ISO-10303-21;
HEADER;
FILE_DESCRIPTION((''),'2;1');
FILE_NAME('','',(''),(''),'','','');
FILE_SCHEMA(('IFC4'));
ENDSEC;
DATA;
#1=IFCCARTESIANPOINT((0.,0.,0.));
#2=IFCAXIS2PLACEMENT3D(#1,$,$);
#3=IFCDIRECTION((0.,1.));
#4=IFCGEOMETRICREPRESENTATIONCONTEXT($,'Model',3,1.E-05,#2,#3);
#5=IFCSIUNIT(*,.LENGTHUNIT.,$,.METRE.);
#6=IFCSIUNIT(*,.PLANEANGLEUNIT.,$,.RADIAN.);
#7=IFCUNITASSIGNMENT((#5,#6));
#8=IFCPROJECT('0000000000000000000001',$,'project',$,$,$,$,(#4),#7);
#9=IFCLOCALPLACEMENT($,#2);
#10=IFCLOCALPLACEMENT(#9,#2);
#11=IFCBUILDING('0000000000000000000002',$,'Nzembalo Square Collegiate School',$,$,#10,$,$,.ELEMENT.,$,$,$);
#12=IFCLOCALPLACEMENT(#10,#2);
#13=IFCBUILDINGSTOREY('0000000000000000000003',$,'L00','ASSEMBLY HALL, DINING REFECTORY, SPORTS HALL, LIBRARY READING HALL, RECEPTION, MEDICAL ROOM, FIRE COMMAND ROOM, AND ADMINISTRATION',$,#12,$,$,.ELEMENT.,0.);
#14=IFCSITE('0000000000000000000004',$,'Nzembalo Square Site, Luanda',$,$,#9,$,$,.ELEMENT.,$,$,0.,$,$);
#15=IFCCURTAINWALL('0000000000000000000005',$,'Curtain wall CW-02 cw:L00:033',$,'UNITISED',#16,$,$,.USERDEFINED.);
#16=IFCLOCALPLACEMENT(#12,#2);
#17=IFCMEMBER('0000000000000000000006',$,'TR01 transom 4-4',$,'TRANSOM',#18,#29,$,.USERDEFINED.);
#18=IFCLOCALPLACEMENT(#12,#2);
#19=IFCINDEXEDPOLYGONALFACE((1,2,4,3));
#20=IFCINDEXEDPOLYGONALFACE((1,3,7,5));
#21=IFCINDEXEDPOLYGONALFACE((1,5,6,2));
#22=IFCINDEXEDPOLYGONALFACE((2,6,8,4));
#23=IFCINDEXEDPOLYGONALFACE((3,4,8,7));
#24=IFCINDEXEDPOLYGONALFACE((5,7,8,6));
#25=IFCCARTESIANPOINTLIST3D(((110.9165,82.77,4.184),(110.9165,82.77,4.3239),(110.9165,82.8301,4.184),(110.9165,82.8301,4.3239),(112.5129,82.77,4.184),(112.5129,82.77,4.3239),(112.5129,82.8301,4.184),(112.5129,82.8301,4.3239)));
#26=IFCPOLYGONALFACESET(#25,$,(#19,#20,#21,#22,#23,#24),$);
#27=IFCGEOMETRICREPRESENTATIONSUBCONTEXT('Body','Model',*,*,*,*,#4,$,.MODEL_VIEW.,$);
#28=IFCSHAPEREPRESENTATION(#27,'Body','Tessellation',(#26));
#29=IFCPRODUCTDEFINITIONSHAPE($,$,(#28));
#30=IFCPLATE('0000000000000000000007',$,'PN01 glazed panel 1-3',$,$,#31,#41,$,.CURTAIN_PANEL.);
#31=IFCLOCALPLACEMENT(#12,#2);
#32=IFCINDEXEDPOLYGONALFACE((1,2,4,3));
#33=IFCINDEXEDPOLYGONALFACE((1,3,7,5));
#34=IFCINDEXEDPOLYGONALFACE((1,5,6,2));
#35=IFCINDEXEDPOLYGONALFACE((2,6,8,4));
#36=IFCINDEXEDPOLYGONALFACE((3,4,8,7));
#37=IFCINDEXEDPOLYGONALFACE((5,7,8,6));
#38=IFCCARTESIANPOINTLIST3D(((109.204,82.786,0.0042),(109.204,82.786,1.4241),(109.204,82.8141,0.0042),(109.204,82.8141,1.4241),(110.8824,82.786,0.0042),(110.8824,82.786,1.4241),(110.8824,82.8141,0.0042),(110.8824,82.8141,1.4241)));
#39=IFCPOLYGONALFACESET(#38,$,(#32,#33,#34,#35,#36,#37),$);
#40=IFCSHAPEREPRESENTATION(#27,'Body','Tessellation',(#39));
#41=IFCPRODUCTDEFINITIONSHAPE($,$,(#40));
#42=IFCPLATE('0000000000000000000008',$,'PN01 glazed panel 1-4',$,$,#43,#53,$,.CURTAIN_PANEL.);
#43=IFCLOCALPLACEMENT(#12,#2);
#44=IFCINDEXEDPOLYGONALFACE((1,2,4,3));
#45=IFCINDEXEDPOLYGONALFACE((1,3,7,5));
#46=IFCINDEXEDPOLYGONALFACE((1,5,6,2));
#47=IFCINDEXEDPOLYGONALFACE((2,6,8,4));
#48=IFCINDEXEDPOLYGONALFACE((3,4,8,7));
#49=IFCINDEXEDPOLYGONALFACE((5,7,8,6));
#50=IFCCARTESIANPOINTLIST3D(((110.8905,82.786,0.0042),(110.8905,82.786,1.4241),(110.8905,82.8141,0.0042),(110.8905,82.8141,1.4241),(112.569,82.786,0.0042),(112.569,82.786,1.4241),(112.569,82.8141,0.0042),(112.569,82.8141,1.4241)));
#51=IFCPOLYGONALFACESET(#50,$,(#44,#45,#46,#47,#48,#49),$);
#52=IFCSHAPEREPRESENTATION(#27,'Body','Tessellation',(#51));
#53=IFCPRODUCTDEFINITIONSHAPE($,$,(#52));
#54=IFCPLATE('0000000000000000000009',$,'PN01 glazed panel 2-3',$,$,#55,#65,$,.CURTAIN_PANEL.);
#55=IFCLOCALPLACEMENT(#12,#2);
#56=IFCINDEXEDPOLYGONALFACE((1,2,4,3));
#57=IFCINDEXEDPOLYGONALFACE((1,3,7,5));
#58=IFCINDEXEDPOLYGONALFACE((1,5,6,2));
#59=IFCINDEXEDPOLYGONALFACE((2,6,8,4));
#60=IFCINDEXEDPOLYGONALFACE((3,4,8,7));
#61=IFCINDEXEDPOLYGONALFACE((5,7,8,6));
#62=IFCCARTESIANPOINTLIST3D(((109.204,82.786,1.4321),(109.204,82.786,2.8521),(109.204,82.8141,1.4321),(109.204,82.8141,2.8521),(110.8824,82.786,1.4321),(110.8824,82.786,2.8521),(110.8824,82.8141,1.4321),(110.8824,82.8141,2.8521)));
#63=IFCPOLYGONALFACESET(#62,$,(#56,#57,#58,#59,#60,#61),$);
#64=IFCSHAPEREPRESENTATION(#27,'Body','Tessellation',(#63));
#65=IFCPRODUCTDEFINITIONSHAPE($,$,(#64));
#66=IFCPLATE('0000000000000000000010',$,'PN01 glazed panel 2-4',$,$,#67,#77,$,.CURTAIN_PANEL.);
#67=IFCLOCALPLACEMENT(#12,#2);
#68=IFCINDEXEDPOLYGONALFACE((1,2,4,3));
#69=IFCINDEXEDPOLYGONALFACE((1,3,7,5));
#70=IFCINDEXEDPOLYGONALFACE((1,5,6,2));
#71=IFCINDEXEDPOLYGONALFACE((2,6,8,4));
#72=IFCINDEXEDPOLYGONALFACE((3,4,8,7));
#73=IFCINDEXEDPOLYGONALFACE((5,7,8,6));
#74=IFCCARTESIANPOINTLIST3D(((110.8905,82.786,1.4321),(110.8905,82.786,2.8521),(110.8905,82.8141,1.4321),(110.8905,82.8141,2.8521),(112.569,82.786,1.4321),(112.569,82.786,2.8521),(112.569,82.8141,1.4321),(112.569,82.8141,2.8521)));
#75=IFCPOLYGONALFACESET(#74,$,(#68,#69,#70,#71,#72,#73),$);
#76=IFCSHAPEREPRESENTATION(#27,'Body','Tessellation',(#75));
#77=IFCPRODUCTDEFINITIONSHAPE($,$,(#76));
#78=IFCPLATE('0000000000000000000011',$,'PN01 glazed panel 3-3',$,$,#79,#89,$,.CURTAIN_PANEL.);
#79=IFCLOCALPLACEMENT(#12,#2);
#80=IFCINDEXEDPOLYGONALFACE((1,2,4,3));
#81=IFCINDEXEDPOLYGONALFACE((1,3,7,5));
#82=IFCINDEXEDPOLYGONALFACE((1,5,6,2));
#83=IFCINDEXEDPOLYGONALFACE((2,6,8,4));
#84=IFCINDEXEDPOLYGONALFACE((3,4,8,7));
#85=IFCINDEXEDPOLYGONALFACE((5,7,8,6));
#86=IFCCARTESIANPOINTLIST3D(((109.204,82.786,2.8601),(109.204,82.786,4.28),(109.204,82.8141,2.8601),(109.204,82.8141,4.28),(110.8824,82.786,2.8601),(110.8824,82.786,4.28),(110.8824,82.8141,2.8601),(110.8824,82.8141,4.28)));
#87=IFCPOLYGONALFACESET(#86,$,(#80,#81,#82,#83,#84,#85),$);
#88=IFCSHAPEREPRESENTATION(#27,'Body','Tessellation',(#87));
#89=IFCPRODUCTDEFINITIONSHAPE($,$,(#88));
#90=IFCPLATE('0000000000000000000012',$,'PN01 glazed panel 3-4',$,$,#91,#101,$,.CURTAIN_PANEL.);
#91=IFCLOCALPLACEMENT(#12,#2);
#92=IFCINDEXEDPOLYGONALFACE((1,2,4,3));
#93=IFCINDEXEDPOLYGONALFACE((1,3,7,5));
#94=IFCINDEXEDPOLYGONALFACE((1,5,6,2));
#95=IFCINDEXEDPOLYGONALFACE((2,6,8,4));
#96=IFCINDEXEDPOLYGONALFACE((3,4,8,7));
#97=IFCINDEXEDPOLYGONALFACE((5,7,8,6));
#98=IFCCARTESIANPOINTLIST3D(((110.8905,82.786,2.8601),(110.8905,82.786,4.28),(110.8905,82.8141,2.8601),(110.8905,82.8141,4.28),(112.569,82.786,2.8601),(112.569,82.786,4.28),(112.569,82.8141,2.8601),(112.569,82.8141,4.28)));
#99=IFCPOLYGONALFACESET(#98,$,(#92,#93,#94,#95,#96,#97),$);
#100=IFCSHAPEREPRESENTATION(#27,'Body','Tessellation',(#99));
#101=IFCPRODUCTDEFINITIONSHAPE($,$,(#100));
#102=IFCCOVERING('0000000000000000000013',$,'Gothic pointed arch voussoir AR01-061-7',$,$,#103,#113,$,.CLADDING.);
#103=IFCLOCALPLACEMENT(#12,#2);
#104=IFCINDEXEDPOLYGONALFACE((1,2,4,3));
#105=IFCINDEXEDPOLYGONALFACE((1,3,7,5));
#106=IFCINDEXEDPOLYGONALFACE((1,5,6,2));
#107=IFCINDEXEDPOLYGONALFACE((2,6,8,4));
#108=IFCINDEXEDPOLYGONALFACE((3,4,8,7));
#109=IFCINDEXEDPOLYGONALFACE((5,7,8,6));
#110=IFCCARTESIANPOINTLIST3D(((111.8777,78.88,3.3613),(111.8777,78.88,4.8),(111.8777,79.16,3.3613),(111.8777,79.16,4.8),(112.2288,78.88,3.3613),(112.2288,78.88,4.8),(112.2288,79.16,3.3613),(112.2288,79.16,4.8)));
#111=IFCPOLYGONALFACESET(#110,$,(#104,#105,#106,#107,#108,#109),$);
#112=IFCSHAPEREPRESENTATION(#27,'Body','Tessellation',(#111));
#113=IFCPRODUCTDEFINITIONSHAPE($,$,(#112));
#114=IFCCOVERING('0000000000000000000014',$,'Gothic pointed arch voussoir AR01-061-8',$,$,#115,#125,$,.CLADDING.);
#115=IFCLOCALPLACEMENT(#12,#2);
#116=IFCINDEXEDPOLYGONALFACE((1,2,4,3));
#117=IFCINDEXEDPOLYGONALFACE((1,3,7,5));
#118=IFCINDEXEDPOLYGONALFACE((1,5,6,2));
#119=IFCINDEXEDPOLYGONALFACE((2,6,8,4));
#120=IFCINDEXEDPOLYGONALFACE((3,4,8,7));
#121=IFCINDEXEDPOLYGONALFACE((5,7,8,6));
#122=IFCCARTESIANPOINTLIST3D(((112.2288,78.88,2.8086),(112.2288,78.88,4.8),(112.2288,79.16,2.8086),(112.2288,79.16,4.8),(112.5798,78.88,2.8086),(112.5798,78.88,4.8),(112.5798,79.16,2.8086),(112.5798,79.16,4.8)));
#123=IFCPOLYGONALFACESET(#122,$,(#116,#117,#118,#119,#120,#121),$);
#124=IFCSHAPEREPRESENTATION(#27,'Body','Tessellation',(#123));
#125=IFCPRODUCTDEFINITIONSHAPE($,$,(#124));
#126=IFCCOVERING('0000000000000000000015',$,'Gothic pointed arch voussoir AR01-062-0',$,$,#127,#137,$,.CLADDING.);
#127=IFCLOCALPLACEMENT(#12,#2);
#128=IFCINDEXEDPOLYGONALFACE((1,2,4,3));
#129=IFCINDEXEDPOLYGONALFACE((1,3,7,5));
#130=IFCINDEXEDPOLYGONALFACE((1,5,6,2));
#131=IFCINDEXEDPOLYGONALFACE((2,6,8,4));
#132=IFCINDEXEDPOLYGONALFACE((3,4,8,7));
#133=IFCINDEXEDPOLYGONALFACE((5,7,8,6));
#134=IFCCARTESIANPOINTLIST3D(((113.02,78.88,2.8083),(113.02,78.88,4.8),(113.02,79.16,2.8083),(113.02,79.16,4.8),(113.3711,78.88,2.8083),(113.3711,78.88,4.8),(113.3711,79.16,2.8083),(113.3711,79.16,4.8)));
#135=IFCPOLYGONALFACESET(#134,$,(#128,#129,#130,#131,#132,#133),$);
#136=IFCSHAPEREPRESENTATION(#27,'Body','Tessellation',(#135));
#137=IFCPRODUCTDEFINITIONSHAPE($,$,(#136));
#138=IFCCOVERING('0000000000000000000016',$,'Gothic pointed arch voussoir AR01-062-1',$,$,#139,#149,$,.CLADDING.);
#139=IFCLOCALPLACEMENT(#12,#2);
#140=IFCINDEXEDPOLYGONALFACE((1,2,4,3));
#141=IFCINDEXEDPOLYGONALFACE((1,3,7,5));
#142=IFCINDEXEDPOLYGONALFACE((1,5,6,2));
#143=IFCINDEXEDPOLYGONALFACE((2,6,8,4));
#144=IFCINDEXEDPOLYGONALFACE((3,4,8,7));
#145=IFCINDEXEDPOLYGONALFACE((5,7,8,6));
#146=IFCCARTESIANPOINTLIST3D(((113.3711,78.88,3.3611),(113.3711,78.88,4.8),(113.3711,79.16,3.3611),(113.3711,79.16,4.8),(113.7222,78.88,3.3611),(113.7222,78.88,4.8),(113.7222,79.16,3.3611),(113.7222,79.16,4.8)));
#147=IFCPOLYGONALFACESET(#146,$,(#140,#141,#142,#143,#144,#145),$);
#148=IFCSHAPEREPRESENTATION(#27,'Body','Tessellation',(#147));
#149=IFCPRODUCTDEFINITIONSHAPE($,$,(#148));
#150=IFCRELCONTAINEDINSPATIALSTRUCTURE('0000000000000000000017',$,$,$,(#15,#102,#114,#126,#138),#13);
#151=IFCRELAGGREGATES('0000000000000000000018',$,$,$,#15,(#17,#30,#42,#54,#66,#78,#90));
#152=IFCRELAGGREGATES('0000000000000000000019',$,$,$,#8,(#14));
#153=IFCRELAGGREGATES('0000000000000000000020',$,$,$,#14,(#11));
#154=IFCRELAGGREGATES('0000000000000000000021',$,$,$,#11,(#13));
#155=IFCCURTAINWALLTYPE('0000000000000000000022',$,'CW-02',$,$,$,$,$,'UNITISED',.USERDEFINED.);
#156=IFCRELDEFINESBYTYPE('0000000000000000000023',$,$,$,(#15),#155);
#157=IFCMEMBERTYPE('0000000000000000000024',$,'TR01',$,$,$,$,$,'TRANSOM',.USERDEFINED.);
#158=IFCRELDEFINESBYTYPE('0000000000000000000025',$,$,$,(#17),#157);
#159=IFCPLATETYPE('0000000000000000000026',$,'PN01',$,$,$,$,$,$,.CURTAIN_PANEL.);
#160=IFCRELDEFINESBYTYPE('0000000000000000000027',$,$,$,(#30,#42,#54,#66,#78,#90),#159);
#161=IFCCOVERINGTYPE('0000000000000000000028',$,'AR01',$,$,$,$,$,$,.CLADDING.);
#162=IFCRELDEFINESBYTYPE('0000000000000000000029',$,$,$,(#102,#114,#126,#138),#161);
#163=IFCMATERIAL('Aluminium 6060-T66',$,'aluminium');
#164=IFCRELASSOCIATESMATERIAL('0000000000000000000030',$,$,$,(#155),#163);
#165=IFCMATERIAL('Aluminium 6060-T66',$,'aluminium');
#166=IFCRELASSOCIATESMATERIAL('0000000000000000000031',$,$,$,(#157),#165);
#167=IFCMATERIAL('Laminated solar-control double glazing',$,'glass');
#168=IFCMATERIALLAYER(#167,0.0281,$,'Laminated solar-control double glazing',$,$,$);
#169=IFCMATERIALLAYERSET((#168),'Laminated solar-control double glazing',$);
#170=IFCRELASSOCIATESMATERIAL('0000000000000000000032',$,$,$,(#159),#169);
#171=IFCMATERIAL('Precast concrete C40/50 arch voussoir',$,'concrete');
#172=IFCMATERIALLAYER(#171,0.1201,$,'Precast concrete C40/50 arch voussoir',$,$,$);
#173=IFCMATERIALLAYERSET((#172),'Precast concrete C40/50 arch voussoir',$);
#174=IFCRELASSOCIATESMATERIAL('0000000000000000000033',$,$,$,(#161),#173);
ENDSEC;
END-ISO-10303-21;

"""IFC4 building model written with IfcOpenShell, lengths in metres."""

from ifc_helpers import new_model, si_unit, direction, frame, origin, origin_2d, place, context, subcontext, project, spatial, rectangle, extrude, material, layer, layer_set, material_profile, profile_set, type_object, element, aggregate, save


model = new_model("IFC4")

# Units and contexts
model_context = context("Model", 3, precision=1e-05, world=origin(), true_north=direction((0.0, 1.0)))
body_context = subcontext(model_context, "Body", "Model", "MODEL_VIEW")
ifc_project = project(units=[si_unit("LENGTHUNIT", "METRE"), si_unit("PLANEANGLEUNIT", "RADIAN")], contexts=[model_context])

# Site, building, storey
site_placement = place(None, origin())
site = spatial("IfcSite", under=ifc_project, at=site_placement, Name="Nzembalo Square Site, Luanda", CompositionType="ELEMENT", RefElevation=0.0)
building_placement = place(site_placement, origin())
building = spatial("IfcBuilding", under=site, at=building_placement, Name="Nzembalo Square Collegiate School", CompositionType="ELEMENT")
storey_placement = place(building_placement, origin())
storey = spatial("IfcBuildingStorey", under=building, at=storey_placement, Name="L00", Description="ASSEMBLY HALL, DINING REFECTORY, SPORTS HALL, LIBRARY READING HALL, RECEPTION, MEDICAL ROOM, FIRE COMMAND ROOM, AND ADMINISTRATION", CompositionType="ELEMENT", Elevation=0.0)

# Curtain wall, member, plates
ifc_material_1 = material(Name="Aluminium 6060-T66", Category="aluminium")
curtain_wall_type = type_object("IfcCurtainWallType", Name="CW-02", ElementType="UNITISED", PredefinedType="USERDEFINED", material=ifc_material_1)
curtain_wall_placement = place(storey_placement, origin())
curtain_wall = element("IfcCurtainWall", 1, at=curtain_wall_placement, inside=storey, type_object=curtain_wall_type, Name="Curtain wall CW-02 cw:L00:033", ObjectType="UNITISED", PredefinedType="USERDEFINED")
ifc_material_2 = material(Name="Aluminium 6060-T66", Category="aluminium")
ifc_material_profile_1 = material_profile(ifc_material_2, rectangle(XDim=0.0601, YDim=0.1399, at=origin_2d()), Name="ALU T60x140")
ifc_profile_set_1 = profile_set([ifc_material_profile_1], Name="Aluminium 6060-T66")
member_type_1 = type_object("IfcMemberType", Name="TR01", ElementType="TRANSOM", PredefinedType="USERDEFINED", material=ifc_profile_set_1)
member_1_placement = place(storey_placement, frame((110.9165, 82.8, 4.2539), z_axis=(1.0, 0.0, 0.0), x_axis=(0.0, 1.0, 0.0)))
member_1 = element("IfcMember", 2, at=member_1_placement, type_object=member_type_1, Name="TR01 transom 4-4", ObjectType="TRANSOM", PredefinedType="USERDEFINED", context=body_context, shape_type="SweptSolid", body=[
    extrude(rectangle(XDim=0.0601, YDim=0.1399, at=origin_2d()), origin(), (0.0, 0.0, 1.0), 1.5964),
])
ifc_material_3 = material(Name="Laminated solar-control double glazing", Category="glass")
ifc_layer_1 = layer(ifc_material_3, 0.0281, Name="Laminated solar-control double glazing")
ifc_layer_set_1 = layer_set([ifc_layer_1], Name="Laminated solar-control double glazing")
plate_type = type_object("IfcPlateType", Name="PN01", PredefinedType="CURTAIN_PANEL", material=ifc_layer_set_1)
plate_1_placement = place(storey_placement, frame((110.0432, 82.8, 0.0042), z_axis=(0.0, 0.0, 1.0), x_axis=(1.0, 0.0, 0.0)))
plate_1 = element("IfcPlate", 3, at=plate_1_placement, type_object=plate_type, Name="PN01 glazed panel 1-3", PredefinedType="CURTAIN_PANEL", context=body_context, shape_type="SweptSolid", body=[
    extrude(rectangle(XDim=1.6785, YDim=0.0281, at=origin_2d()), origin(), (0.0, 0.0, 1.0), 1.4199),
])
plate_2_placement = place(storey_placement, frame((111.7297, 82.8, 0.0042), z_axis=(0.0, 0.0, 1.0), x_axis=(1.0, 0.0, 0.0)))
plate_2 = element("IfcPlate", 4, at=plate_2_placement, type_object=plate_type, Name="PN01 glazed panel 1-4", PredefinedType="CURTAIN_PANEL", context=body_context, shape_type="SweptSolid", body=[
    extrude(rectangle(XDim=1.6785, YDim=0.0281, at=origin_2d()), origin(), (0.0, 0.0, 1.0), 1.4199),
])
plate_3_placement = place(storey_placement, frame((110.0432, 82.8, 1.4321), z_axis=(0.0, 0.0, 1.0), x_axis=(1.0, 0.0, 0.0)))
plate_3 = element("IfcPlate", 5, at=plate_3_placement, type_object=plate_type, Name="PN01 glazed panel 2-3", PredefinedType="CURTAIN_PANEL", context=body_context, shape_type="SweptSolid", body=[
    extrude(rectangle(XDim=1.6785, YDim=0.0281, at=origin_2d()), origin(), (0.0, 0.0, 1.0), 1.4199),
])
plate_4_placement = place(storey_placement, frame((111.7297, 82.8, 1.4321), z_axis=(0.0, 0.0, 1.0), x_axis=(1.0, 0.0, 0.0)))
plate_4 = element("IfcPlate", 6, at=plate_4_placement, type_object=plate_type, Name="PN01 glazed panel 2-4", PredefinedType="CURTAIN_PANEL", context=body_context, shape_type="SweptSolid", body=[
    extrude(rectangle(XDim=1.6785, YDim=0.0281, at=origin_2d()), origin(), (0.0, 0.0, 1.0), 1.4199),
])
plate_5_placement = place(storey_placement, frame((110.0432, 82.8, 2.8601), z_axis=(0.0, 0.0, 1.0), x_axis=(1.0, 0.0, 0.0)))
plate_5 = element("IfcPlate", 7, at=plate_5_placement, type_object=plate_type, Name="PN01 glazed panel 3-3", PredefinedType="CURTAIN_PANEL", context=body_context, shape_type="SweptSolid", body=[
    extrude(rectangle(XDim=1.6785, YDim=0.0281, at=origin_2d()), origin(), (0.0, 0.0, 1.0), 1.4199),
])
plate_6_placement = place(storey_placement, frame((111.7297, 82.8, 2.8601), z_axis=(0.0, 0.0, 1.0), x_axis=(1.0, 0.0, 0.0)))
plate_6 = element("IfcPlate", 8, at=plate_6_placement, type_object=plate_type, Name="PN01 glazed panel 3-4", PredefinedType="CURTAIN_PANEL", context=body_context, shape_type="SweptSolid", body=[
    extrude(rectangle(XDim=1.6785, YDim=0.0281, at=origin_2d()), origin(), (0.0, 0.0, 1.0), 1.4199),
])
aggregate(curtain_wall, [member_1, plate_1, plate_2, plate_3, plate_4, plate_5, plate_6])

# Coverings
ifc_material_4 = material(Name="Precast concrete C40/50 arch voussoir", Category="concrete")
ifc_layer_2 = layer(ifc_material_4, 0.1201, Name="Precast concrete C40/50 arch voussoir")
ifc_layer_set_2 = layer_set([ifc_layer_2], Name="Precast concrete C40/50 arch voussoir")
covering_type = type_object("IfcCoveringType", Name="AR01", PredefinedType="CLADDING", material=ifc_layer_set_2)
covering_1_placement = place(storey_placement, frame((112.0532, 79.02, 3.3613), z_axis=(0.0, 0.0, 1.0), x_axis=(1.0, 0.0, 0.0)))
element("IfcCovering", 9, at=covering_1_placement, inside=storey, type_object=covering_type, Name="Gothic pointed arch voussoir AR01-061-7", PredefinedType="CLADDING", context=body_context, shape_type="SweptSolid", body=[
    extrude(rectangle(XDim=0.3511, YDim=0.28, at=origin_2d()), origin(), (0.0, 0.0, 1.0), 1.4387),
])
covering_2_placement = place(storey_placement, frame((112.4043, 79.02, 2.8086), z_axis=(0.0, 0.0, 1.0), x_axis=(1.0, 0.0, 0.0)))
element("IfcCovering", 10, at=covering_2_placement, inside=storey, type_object=covering_type, Name="Gothic pointed arch voussoir AR01-061-8", PredefinedType="CLADDING", context=body_context, shape_type="SweptSolid", body=[
    extrude(rectangle(XDim=0.3511, YDim=0.28, at=origin_2d()), origin(), (0.0, 0.0, 1.0), 1.9915),
])
covering_3_placement = place(storey_placement, frame((113.1956, 79.02, 2.8083), z_axis=(0.0, 0.0, 1.0), x_axis=(1.0, 0.0, 0.0)))
element("IfcCovering", 11, at=covering_3_placement, inside=storey, type_object=covering_type, Name="Gothic pointed arch voussoir AR01-062-0", PredefinedType="CLADDING", context=body_context, shape_type="SweptSolid", body=[
    extrude(rectangle(XDim=0.3511, YDim=0.28, at=origin_2d()), origin(), (0.0, 0.0, 1.0), 1.9917),
])
covering_4_placement = place(storey_placement, frame((113.5466, 79.02, 3.3611), z_axis=(0.0, 0.0, 1.0), x_axis=(1.0, 0.0, 0.0)))
element("IfcCovering", 12, at=covering_4_placement, inside=storey, type_object=covering_type, Name="Gothic pointed arch voussoir AR01-062-1", PredefinedType="CLADDING", context=body_context, shape_type="SweptSolid", body=[
    extrude(rectangle(XDim=0.3511, YDim=0.28, at=origin_2d()), origin(), (0.0, 0.0, 1.0), 1.439),
])

save(model, "model.ifc")
